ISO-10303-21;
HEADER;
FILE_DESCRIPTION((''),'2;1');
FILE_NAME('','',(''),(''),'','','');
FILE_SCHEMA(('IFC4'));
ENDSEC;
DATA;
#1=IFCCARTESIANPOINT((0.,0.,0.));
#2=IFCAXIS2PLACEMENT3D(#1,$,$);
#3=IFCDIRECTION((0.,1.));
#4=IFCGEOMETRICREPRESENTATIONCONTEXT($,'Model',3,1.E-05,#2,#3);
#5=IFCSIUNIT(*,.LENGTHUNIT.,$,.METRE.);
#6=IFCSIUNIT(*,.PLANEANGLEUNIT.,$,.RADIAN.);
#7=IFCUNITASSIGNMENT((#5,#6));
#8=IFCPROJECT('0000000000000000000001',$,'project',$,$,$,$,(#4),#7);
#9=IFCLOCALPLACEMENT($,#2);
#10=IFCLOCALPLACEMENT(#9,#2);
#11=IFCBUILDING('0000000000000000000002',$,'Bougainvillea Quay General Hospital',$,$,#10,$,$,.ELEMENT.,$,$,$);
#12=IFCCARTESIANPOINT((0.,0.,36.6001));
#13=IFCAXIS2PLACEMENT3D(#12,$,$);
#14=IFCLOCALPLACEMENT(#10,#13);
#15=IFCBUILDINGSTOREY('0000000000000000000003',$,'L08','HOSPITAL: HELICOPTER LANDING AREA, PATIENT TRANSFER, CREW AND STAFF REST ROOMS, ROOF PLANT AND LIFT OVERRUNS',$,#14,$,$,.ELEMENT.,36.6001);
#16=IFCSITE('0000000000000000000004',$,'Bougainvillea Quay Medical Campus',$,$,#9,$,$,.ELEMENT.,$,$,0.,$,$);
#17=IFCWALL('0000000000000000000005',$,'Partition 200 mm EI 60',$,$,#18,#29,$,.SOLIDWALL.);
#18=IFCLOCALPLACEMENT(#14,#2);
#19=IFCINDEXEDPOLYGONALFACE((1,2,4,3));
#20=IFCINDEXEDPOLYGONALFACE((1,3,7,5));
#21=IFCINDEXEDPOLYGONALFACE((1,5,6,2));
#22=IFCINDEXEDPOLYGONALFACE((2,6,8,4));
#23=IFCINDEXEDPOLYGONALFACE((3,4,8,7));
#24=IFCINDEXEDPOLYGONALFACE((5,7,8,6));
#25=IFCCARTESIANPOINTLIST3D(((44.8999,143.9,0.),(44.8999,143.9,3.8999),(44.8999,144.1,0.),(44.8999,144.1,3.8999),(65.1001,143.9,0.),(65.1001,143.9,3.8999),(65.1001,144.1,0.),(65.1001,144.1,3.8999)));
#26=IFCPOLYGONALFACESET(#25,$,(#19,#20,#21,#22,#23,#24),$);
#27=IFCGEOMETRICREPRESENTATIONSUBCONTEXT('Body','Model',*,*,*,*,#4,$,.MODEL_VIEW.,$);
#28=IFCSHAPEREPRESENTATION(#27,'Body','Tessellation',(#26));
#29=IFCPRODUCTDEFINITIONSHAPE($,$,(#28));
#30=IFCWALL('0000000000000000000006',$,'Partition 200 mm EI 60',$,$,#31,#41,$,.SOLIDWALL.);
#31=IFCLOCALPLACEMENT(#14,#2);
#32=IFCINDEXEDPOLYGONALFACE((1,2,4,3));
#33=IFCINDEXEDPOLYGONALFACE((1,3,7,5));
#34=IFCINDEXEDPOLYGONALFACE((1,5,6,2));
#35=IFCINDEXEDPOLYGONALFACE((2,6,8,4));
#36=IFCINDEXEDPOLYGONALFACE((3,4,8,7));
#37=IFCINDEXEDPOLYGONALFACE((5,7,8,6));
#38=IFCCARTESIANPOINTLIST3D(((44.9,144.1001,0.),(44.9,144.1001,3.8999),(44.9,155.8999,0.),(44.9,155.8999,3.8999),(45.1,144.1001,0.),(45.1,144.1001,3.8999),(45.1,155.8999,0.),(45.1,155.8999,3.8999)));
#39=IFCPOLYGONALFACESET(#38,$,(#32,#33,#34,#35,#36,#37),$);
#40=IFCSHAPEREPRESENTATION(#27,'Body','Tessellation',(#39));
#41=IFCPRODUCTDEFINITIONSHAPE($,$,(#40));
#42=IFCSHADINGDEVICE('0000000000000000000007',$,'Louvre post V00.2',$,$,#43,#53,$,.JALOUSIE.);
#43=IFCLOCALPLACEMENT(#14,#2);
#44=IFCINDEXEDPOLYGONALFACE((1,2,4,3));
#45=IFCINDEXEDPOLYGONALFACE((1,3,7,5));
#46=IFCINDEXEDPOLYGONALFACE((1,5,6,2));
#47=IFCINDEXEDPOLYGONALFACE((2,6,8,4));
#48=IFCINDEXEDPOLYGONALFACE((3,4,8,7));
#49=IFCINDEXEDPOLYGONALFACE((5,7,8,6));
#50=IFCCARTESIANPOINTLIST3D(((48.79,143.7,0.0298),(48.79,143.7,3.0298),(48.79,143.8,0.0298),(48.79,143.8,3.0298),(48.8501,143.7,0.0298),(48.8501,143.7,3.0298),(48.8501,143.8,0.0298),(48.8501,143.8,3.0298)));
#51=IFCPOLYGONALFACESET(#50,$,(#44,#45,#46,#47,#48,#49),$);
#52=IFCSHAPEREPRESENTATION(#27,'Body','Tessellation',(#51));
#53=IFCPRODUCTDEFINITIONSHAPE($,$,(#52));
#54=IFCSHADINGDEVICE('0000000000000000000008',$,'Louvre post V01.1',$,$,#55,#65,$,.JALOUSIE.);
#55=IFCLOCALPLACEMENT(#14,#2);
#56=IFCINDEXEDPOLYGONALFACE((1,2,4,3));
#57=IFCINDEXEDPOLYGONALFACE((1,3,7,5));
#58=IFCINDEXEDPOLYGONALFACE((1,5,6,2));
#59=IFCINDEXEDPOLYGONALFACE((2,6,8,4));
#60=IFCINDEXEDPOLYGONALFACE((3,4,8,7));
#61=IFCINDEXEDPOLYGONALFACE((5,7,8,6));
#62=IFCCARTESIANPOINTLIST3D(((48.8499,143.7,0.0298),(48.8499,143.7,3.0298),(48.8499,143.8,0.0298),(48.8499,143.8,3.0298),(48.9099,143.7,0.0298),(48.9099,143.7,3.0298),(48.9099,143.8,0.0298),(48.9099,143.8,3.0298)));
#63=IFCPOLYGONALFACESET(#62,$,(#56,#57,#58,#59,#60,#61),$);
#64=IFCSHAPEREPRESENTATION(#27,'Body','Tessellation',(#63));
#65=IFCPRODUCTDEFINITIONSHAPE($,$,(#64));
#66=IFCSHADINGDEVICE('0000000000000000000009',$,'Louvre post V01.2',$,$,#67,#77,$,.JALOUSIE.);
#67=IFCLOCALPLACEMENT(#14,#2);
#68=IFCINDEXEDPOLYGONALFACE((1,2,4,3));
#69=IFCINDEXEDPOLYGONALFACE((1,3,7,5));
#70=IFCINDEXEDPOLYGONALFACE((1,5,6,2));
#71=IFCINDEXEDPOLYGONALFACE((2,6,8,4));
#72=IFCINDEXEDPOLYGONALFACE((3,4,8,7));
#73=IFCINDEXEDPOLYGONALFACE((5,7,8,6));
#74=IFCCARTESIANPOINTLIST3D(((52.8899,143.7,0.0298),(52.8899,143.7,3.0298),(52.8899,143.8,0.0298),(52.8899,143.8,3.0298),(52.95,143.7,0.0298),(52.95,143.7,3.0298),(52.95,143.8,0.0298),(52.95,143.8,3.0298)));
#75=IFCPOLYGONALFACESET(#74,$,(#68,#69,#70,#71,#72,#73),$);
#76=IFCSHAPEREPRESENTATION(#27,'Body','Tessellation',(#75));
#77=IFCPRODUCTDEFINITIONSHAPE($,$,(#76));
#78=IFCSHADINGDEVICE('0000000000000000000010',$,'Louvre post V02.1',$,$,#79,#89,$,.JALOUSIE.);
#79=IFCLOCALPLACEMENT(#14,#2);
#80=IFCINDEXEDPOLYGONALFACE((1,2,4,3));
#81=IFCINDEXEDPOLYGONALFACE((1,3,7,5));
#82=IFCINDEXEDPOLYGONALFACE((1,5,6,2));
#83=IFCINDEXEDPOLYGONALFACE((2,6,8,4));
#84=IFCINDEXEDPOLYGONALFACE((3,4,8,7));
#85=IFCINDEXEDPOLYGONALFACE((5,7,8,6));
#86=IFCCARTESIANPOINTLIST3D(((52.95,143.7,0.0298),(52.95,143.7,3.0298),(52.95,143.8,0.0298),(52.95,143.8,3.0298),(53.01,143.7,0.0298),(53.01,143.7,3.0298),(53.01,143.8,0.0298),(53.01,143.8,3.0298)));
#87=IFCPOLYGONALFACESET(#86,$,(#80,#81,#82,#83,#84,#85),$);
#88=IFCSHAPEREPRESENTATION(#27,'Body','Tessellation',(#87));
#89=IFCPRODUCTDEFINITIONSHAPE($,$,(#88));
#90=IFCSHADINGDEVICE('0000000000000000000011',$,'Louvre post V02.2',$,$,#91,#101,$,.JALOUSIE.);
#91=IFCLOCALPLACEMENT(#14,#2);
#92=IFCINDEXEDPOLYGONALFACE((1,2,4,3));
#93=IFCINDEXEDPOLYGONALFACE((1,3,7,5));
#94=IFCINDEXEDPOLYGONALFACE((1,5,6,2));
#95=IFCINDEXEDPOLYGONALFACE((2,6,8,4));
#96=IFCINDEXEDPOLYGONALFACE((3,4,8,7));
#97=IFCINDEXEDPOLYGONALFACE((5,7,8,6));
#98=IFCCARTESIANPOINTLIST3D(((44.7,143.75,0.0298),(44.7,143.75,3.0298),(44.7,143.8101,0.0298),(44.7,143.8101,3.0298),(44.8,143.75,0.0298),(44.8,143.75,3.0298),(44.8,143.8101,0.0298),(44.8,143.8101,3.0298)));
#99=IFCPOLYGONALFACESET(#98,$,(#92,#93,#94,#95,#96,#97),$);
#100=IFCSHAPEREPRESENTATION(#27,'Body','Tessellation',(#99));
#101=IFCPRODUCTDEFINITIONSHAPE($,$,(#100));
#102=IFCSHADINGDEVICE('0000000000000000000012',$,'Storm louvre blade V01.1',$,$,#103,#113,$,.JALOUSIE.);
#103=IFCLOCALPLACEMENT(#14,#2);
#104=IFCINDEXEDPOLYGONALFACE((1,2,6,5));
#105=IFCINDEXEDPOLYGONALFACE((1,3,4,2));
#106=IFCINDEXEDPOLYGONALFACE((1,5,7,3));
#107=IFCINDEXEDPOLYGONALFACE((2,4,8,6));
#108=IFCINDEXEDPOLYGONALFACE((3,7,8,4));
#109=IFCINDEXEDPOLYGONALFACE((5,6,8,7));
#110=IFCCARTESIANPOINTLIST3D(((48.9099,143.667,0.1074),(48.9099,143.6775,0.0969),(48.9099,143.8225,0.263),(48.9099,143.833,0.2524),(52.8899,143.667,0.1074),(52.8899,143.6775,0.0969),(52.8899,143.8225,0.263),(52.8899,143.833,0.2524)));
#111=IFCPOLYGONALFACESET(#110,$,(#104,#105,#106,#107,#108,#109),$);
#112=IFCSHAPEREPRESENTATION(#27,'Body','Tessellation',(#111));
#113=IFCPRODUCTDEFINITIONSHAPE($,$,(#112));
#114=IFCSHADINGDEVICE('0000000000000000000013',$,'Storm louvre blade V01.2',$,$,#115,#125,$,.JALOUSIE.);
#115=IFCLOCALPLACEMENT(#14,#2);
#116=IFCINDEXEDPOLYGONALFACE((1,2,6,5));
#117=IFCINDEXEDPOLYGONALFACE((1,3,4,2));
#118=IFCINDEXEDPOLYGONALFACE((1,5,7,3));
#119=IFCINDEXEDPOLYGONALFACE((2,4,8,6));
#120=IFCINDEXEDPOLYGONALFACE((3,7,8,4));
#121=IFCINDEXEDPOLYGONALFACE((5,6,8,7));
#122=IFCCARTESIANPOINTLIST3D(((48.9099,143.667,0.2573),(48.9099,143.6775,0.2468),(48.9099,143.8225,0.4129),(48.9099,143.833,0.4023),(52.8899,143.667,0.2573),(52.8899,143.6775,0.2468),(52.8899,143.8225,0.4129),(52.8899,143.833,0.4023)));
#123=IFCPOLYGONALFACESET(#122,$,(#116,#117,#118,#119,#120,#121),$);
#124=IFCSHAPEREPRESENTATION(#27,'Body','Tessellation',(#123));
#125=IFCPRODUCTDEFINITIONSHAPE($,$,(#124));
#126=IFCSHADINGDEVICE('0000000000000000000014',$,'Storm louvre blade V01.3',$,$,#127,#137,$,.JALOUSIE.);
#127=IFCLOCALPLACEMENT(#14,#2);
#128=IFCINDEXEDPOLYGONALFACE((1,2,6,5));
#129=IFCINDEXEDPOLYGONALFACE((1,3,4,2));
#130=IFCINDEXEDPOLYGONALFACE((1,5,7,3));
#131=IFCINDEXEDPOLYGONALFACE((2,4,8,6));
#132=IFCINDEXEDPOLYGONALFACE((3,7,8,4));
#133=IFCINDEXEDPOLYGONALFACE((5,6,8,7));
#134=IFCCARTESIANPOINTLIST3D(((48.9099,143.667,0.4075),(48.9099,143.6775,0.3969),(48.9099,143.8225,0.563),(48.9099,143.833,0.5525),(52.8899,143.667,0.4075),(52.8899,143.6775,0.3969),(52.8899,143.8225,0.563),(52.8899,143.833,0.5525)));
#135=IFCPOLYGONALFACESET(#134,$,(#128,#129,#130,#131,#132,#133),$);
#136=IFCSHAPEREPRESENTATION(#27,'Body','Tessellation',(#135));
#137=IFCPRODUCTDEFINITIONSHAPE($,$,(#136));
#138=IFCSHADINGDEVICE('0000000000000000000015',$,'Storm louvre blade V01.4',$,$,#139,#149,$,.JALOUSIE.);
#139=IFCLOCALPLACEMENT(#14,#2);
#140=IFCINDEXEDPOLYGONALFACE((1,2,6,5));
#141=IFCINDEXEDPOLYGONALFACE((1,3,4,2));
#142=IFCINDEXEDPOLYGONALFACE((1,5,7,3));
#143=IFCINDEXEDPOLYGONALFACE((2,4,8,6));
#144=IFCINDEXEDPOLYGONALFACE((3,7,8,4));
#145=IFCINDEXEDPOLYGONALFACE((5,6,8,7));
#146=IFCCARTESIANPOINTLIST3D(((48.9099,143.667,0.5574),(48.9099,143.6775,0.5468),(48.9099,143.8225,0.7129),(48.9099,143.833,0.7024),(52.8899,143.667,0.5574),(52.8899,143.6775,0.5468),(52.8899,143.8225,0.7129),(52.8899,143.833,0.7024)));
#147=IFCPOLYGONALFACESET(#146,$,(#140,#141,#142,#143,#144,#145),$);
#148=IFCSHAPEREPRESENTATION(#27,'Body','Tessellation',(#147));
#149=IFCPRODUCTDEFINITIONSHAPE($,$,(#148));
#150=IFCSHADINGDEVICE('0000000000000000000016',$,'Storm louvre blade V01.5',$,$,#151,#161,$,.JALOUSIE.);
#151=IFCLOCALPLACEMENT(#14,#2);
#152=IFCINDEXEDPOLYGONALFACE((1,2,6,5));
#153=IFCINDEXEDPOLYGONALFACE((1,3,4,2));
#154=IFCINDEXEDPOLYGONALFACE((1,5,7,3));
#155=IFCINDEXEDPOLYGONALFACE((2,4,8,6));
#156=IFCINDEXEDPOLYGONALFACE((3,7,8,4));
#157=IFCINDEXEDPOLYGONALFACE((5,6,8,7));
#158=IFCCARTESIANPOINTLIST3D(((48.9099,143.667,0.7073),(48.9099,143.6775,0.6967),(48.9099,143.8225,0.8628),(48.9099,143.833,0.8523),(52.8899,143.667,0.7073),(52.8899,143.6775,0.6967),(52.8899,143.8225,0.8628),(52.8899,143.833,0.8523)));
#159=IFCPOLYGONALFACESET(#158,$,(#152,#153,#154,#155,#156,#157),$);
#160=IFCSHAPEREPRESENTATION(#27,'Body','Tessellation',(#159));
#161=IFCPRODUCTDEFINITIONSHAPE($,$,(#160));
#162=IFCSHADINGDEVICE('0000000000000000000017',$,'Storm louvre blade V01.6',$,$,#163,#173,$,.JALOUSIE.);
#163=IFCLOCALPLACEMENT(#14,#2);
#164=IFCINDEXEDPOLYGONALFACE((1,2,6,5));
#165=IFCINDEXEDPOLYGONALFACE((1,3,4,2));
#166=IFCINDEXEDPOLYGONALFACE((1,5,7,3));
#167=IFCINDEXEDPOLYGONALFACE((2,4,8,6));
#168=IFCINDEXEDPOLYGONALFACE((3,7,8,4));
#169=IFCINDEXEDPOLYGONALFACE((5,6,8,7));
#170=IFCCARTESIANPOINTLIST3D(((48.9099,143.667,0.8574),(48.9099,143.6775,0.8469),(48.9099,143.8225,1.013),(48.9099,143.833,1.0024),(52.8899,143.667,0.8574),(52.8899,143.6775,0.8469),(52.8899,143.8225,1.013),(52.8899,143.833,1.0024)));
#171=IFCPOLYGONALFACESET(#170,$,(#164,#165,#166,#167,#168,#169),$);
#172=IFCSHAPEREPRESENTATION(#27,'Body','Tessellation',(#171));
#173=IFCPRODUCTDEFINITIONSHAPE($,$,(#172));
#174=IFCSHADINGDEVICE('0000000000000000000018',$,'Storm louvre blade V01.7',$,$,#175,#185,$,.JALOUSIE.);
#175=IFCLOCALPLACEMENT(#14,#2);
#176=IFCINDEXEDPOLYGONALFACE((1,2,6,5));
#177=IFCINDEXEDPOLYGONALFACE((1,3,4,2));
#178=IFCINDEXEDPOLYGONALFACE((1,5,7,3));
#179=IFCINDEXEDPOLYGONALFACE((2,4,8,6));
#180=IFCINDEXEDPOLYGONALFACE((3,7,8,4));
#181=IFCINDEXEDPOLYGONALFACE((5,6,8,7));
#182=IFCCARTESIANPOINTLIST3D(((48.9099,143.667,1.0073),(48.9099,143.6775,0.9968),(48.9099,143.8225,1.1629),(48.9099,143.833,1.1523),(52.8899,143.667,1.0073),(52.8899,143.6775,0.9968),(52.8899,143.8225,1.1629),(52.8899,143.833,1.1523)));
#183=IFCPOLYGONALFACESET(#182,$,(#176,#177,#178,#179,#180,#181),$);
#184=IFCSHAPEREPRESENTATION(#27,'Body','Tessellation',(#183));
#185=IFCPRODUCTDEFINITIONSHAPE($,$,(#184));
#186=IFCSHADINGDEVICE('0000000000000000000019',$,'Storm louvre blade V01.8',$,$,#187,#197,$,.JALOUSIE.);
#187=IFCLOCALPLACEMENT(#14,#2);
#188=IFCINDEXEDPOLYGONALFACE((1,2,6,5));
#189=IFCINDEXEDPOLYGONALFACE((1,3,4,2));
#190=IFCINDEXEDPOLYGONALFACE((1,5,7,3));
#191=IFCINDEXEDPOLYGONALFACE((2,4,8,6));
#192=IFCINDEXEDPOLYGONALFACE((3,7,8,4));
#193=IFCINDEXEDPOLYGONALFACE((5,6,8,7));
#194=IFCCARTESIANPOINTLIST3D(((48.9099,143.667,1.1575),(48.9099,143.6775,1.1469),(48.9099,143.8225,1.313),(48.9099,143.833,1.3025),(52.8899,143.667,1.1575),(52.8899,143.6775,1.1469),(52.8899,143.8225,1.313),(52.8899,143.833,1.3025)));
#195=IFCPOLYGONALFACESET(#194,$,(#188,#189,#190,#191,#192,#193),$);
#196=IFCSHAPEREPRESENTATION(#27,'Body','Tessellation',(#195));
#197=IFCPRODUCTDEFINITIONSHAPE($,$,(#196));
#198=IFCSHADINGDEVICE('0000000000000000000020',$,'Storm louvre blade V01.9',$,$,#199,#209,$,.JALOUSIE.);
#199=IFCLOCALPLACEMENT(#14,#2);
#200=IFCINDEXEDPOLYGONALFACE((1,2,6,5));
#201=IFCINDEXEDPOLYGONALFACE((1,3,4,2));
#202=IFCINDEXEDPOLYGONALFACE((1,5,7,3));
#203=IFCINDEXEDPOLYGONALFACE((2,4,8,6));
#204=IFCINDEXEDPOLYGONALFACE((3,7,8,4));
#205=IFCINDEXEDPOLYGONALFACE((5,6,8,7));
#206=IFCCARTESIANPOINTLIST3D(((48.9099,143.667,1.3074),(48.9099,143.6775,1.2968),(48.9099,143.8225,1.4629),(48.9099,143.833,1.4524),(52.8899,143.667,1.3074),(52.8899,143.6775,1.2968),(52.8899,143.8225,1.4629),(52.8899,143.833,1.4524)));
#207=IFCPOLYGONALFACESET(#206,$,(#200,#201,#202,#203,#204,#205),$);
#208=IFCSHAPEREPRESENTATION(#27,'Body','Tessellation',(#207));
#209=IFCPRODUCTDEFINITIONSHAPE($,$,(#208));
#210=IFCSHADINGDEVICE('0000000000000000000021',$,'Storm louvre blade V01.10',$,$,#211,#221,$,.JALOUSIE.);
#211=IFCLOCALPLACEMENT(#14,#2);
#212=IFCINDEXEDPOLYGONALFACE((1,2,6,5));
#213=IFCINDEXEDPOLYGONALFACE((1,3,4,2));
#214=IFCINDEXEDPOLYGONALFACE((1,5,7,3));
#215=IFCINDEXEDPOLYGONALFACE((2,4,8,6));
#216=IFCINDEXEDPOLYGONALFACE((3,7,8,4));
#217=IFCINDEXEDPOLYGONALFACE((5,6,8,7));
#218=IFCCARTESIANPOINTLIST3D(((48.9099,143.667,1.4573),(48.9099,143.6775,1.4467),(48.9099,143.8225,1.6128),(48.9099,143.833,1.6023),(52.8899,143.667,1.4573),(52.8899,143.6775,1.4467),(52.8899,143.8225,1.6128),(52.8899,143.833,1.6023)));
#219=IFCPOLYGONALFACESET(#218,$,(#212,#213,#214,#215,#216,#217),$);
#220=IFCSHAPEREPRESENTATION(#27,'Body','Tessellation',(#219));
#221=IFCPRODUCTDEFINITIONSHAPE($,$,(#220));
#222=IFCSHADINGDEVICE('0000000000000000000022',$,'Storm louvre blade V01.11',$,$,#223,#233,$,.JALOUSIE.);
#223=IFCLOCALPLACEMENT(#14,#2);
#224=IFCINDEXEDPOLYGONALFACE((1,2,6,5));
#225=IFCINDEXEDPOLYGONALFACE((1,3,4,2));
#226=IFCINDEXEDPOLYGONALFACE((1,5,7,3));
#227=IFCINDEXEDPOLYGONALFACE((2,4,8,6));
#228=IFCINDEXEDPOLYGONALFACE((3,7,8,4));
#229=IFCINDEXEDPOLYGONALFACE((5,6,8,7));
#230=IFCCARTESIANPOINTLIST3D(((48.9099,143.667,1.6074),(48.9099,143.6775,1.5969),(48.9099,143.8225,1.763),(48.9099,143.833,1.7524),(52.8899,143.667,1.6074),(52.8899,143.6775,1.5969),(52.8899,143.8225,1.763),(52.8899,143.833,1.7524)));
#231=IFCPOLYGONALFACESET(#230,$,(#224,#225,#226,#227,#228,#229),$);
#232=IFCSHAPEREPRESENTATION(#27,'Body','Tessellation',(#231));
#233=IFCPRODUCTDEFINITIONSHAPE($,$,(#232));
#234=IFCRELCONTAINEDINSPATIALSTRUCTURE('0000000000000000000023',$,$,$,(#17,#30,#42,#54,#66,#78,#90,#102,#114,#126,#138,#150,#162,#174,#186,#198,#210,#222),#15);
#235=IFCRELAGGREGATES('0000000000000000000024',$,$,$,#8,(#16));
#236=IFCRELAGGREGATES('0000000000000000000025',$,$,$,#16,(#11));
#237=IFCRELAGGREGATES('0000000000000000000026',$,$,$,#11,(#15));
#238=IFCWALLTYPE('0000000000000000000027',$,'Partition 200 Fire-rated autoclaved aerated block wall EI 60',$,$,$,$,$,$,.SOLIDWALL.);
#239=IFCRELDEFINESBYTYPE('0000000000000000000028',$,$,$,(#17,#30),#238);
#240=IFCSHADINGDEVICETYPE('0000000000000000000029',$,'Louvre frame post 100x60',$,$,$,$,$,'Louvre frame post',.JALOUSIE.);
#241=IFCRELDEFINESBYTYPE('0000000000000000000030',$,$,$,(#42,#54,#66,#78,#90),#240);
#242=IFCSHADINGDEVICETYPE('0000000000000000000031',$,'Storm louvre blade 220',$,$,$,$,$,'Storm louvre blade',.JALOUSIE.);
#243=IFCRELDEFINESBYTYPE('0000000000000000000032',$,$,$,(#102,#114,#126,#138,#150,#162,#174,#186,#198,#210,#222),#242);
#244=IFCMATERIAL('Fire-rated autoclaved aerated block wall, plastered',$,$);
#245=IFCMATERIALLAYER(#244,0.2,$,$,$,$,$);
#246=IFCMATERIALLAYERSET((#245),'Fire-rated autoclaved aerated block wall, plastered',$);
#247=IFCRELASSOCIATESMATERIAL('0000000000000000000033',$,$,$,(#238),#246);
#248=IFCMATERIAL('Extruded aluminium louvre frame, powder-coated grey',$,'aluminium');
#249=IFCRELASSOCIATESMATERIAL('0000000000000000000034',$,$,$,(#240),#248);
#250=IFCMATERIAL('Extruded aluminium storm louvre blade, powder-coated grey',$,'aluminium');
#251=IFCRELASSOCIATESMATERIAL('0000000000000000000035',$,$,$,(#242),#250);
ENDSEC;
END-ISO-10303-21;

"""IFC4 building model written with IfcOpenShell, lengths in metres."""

from ifc_helpers import new_model, si_unit, direction, frame, frame_2d, origin, origin_2d, place, context, subcontext, project, spatial, rectangle, extrude, material, layer, layer_set, material_profile, profile_set, type_object, element, save


model = new_model("IFC4")

# Units and contexts
model_context = context("Model", 3, precision=1e-05, world=origin(), true_north=direction((0.0, 1.0)))
body_context = subcontext(model_context, "Body", "Model", "MODEL_VIEW")
ifc_project = project(units=[si_unit("LENGTHUNIT", "METRE"), si_unit("PLANEANGLEUNIT", "RADIAN")], contexts=[model_context])

# Site, building, storey
site_placement = place(None, origin())
site = spatial("IfcSite", under=ifc_project, at=site_placement, Name="Bougainvillea Quay Medical Campus", CompositionType="ELEMENT", RefElevation=0.0)
building_placement = place(site_placement, origin())
building = spatial("IfcBuilding", under=site, at=building_placement, Name="Bougainvillea Quay General Hospital", CompositionType="ELEMENT")
storey_placement = place(building_placement, frame((0.0, 0.0, 36.6001)))
storey = spatial("IfcBuildingStorey", under=building, at=storey_placement, Name="L08", Description="HOSPITAL: HELICOPTER LANDING AREA, PATIENT TRANSFER, CREW AND STAFF REST ROOMS, ROOF PLANT AND LIFT OVERRUNS", CompositionType="ELEMENT", Elevation=36.6001)

# Walls
ifc_material_1 = material(Name="Fire-rated autoclaved aerated block wall, plastered")
ifc_layer = layer(ifc_material_1, 0.2)
ifc_layer_set = layer_set([ifc_layer], Name="Fire-rated autoclaved aerated block wall, plastered")
wall_type = type_object("IfcWallType", Name="Partition 200 Fire-rated autoclaved aerated block wall EI 60", PredefinedType="SOLIDWALL", material=ifc_layer_set)
wall_1_placement = place(storey_placement, frame((44.8999, 144.0, 0.0), z_axis=(0.0, 0.0, 1.0), x_axis=(1.0, 0.0, 0.0)))
element("IfcWall", 1, at=wall_1_placement, inside=storey, type_object=wall_type, Name="Partition 200 mm EI 60", PredefinedType="SOLIDWALL", context=body_context, shape_type="SweptSolid", body=[
    extrude(rectangle(XDim=20.2002, YDim=0.2, at=frame_2d((10.1001, 0.0))), origin(), (0.0, 0.0, 1.0), 3.8999),
])
wall_2_placement = place(storey_placement, frame((45.0, 144.1001, 0.0), z_axis=(0.0, 0.0, 1.0), x_axis=(0.0, 1.0, 0.0)))
element("IfcWall", 2, at=wall_2_placement, inside=storey, type_object=wall_type, Name="Partition 200 mm EI 60", PredefinedType="SOLIDWALL", context=body_context, shape_type="SweptSolid", body=[
    extrude(rectangle(XDim=11.7998, YDim=0.2, at=frame_2d((5.8999, 0.0))), origin(), (0.0, 0.0, 1.0), 3.8999),
])

# Shading devices
ifc_material_2 = material(Name="Extruded aluminium louvre frame, powder-coated grey", Category="aluminium")
ifc_material_profile_1 = material_profile(ifc_material_2, rectangle(XDim=0.1001, YDim=0.0601, at=origin_2d()))
ifc_profile_set_1 = profile_set([ifc_material_profile_1], Name="Extruded aluminium louvre frame, powder-coated grey")
shading_device_type_1 = type_object("IfcShadingDeviceType", Name="Louvre frame post 100x60", ElementType="Louvre frame post", PredefinedType="JALOUSIE", material=ifc_profile_set_1)
for number, where, z_axis, x_axis, name in (
    (3, (48.8201, 143.75, 0.0298), (0.0, 0.0, 1.0), (0.0, 1.0, 0.0), "Louvre post V00.2"),
    (4, (48.8799, 143.75, 0.0298), (0.0, 0.0, 1.0), (0.0, 1.0, 0.0), "Louvre post V01.1"),
    (5, (52.9199, 143.75, 0.0298), (0.0, 0.0, 1.0), (0.0, 1.0, 0.0), "Louvre post V01.2"),
    (6, (52.98, 143.75, 0.0298), (0.0, 0.0, 1.0), (0.0, 1.0, 0.0), "Louvre post V02.1"),
    (7, (44.75, 143.78, 0.0298), (0.0, 0.0, 1.0), (1.0, 0.0, 0.0), "Louvre post V02.2"),
):
    element("IfcShadingDevice", number, at=place(storey_placement, frame(where, z_axis=z_axis, x_axis=x_axis)), inside=storey, type_object=shading_device_type_1, Name=name, PredefinedType="JALOUSIE", context=body_context, shape_type="SweptSolid", body=[
        extrude(rectangle(XDim=0.1001, YDim=0.0601, at=origin_2d()), origin(), (0.0, 0.0, 1.0), 3.0),
    ])
ifc_material_3 = material(Name="Extruded aluminium storm louvre blade, powder-coated grey", Category="aluminium")
ifc_material_profile_2 = material_profile(ifc_material_3, rectangle(XDim=0.22, YDim=0.0149, at=origin_2d()))
ifc_profile_set_2 = profile_set([ifc_material_profile_2], Name="Extruded aluminium storm louvre blade, powder-coated grey")
shading_device_type_2 = type_object("IfcShadingDeviceType", Name="Storm louvre blade 220", ElementType="Storm louvre blade", PredefinedType="JALOUSIE", material=ifc_profile_set_2)
for number, where, z_axis, x_axis, name in (
    (8, (48.9099, 143.75, 0.1799), (1.0, 0.0, 0.0), (0.0, 0.707107, 0.707107), "Storm louvre blade V01.1"),
    (9, (48.9099, 143.75, 0.3298), (1.0, 0.0, 0.0), (0.0, 0.707107, 0.707107), "Storm louvre blade V01.2"),
    (10, (48.9099, 143.75, 0.48), (1.0, 0.0, 0.0), (0.0, 0.707107, 0.707107), "Storm louvre blade V01.3"),
    (11, (48.9099, 143.75, 0.6299), (1.0, 0.0, 0.0), (0.0, 0.707107, 0.707107), "Storm louvre blade V01.4"),
    (12, (48.9099, 143.75, 0.7798), (1.0, 0.0, 0.0), (0.0, 0.707107, 0.707107), "Storm louvre blade V01.5"),
    (13, (48.9099, 143.75, 0.9299), (1.0, 0.0, 0.0), (0.0, 0.707107, 0.707107), "Storm louvre blade V01.6"),
    (14, (48.9099, 143.75, 1.0798), (1.0, 0.0, 0.0), (0.0, 0.707107, 0.707107), "Storm louvre blade V01.7"),
    (15, (48.9099, 143.75, 1.23), (1.0, 0.0, 0.0), (0.0, 0.707107, 0.707107), "Storm louvre blade V01.8"),
    (16, (48.9099, 143.75, 1.3799), (1.0, 0.0, 0.0), (0.0, 0.707107, 0.707107), "Storm louvre blade V01.9"),
    (17, (48.9099, 143.75, 1.5298), (1.0, 0.0, 0.0), (0.0, 0.707107, 0.707107), "Storm louvre blade V01.10"),
    (18, (48.9099, 143.75, 1.6799), (1.0, 0.0, 0.0), (0.0, 0.707107, 0.707107), "Storm louvre blade V01.11"),
):
    element("IfcShadingDevice", number, at=place(storey_placement, frame(where, z_axis=z_axis, x_axis=x_axis)), inside=storey, type_object=shading_device_type_2, Name=name, PredefinedType="JALOUSIE", context=body_context, shape_type="SweptSolid", body=[
        extrude(rectangle(XDim=0.22, YDim=0.0149, at=origin_2d()), origin(), (0.0, 0.0, 1.0), 3.98),
    ])

save(model, "model.ifc")
